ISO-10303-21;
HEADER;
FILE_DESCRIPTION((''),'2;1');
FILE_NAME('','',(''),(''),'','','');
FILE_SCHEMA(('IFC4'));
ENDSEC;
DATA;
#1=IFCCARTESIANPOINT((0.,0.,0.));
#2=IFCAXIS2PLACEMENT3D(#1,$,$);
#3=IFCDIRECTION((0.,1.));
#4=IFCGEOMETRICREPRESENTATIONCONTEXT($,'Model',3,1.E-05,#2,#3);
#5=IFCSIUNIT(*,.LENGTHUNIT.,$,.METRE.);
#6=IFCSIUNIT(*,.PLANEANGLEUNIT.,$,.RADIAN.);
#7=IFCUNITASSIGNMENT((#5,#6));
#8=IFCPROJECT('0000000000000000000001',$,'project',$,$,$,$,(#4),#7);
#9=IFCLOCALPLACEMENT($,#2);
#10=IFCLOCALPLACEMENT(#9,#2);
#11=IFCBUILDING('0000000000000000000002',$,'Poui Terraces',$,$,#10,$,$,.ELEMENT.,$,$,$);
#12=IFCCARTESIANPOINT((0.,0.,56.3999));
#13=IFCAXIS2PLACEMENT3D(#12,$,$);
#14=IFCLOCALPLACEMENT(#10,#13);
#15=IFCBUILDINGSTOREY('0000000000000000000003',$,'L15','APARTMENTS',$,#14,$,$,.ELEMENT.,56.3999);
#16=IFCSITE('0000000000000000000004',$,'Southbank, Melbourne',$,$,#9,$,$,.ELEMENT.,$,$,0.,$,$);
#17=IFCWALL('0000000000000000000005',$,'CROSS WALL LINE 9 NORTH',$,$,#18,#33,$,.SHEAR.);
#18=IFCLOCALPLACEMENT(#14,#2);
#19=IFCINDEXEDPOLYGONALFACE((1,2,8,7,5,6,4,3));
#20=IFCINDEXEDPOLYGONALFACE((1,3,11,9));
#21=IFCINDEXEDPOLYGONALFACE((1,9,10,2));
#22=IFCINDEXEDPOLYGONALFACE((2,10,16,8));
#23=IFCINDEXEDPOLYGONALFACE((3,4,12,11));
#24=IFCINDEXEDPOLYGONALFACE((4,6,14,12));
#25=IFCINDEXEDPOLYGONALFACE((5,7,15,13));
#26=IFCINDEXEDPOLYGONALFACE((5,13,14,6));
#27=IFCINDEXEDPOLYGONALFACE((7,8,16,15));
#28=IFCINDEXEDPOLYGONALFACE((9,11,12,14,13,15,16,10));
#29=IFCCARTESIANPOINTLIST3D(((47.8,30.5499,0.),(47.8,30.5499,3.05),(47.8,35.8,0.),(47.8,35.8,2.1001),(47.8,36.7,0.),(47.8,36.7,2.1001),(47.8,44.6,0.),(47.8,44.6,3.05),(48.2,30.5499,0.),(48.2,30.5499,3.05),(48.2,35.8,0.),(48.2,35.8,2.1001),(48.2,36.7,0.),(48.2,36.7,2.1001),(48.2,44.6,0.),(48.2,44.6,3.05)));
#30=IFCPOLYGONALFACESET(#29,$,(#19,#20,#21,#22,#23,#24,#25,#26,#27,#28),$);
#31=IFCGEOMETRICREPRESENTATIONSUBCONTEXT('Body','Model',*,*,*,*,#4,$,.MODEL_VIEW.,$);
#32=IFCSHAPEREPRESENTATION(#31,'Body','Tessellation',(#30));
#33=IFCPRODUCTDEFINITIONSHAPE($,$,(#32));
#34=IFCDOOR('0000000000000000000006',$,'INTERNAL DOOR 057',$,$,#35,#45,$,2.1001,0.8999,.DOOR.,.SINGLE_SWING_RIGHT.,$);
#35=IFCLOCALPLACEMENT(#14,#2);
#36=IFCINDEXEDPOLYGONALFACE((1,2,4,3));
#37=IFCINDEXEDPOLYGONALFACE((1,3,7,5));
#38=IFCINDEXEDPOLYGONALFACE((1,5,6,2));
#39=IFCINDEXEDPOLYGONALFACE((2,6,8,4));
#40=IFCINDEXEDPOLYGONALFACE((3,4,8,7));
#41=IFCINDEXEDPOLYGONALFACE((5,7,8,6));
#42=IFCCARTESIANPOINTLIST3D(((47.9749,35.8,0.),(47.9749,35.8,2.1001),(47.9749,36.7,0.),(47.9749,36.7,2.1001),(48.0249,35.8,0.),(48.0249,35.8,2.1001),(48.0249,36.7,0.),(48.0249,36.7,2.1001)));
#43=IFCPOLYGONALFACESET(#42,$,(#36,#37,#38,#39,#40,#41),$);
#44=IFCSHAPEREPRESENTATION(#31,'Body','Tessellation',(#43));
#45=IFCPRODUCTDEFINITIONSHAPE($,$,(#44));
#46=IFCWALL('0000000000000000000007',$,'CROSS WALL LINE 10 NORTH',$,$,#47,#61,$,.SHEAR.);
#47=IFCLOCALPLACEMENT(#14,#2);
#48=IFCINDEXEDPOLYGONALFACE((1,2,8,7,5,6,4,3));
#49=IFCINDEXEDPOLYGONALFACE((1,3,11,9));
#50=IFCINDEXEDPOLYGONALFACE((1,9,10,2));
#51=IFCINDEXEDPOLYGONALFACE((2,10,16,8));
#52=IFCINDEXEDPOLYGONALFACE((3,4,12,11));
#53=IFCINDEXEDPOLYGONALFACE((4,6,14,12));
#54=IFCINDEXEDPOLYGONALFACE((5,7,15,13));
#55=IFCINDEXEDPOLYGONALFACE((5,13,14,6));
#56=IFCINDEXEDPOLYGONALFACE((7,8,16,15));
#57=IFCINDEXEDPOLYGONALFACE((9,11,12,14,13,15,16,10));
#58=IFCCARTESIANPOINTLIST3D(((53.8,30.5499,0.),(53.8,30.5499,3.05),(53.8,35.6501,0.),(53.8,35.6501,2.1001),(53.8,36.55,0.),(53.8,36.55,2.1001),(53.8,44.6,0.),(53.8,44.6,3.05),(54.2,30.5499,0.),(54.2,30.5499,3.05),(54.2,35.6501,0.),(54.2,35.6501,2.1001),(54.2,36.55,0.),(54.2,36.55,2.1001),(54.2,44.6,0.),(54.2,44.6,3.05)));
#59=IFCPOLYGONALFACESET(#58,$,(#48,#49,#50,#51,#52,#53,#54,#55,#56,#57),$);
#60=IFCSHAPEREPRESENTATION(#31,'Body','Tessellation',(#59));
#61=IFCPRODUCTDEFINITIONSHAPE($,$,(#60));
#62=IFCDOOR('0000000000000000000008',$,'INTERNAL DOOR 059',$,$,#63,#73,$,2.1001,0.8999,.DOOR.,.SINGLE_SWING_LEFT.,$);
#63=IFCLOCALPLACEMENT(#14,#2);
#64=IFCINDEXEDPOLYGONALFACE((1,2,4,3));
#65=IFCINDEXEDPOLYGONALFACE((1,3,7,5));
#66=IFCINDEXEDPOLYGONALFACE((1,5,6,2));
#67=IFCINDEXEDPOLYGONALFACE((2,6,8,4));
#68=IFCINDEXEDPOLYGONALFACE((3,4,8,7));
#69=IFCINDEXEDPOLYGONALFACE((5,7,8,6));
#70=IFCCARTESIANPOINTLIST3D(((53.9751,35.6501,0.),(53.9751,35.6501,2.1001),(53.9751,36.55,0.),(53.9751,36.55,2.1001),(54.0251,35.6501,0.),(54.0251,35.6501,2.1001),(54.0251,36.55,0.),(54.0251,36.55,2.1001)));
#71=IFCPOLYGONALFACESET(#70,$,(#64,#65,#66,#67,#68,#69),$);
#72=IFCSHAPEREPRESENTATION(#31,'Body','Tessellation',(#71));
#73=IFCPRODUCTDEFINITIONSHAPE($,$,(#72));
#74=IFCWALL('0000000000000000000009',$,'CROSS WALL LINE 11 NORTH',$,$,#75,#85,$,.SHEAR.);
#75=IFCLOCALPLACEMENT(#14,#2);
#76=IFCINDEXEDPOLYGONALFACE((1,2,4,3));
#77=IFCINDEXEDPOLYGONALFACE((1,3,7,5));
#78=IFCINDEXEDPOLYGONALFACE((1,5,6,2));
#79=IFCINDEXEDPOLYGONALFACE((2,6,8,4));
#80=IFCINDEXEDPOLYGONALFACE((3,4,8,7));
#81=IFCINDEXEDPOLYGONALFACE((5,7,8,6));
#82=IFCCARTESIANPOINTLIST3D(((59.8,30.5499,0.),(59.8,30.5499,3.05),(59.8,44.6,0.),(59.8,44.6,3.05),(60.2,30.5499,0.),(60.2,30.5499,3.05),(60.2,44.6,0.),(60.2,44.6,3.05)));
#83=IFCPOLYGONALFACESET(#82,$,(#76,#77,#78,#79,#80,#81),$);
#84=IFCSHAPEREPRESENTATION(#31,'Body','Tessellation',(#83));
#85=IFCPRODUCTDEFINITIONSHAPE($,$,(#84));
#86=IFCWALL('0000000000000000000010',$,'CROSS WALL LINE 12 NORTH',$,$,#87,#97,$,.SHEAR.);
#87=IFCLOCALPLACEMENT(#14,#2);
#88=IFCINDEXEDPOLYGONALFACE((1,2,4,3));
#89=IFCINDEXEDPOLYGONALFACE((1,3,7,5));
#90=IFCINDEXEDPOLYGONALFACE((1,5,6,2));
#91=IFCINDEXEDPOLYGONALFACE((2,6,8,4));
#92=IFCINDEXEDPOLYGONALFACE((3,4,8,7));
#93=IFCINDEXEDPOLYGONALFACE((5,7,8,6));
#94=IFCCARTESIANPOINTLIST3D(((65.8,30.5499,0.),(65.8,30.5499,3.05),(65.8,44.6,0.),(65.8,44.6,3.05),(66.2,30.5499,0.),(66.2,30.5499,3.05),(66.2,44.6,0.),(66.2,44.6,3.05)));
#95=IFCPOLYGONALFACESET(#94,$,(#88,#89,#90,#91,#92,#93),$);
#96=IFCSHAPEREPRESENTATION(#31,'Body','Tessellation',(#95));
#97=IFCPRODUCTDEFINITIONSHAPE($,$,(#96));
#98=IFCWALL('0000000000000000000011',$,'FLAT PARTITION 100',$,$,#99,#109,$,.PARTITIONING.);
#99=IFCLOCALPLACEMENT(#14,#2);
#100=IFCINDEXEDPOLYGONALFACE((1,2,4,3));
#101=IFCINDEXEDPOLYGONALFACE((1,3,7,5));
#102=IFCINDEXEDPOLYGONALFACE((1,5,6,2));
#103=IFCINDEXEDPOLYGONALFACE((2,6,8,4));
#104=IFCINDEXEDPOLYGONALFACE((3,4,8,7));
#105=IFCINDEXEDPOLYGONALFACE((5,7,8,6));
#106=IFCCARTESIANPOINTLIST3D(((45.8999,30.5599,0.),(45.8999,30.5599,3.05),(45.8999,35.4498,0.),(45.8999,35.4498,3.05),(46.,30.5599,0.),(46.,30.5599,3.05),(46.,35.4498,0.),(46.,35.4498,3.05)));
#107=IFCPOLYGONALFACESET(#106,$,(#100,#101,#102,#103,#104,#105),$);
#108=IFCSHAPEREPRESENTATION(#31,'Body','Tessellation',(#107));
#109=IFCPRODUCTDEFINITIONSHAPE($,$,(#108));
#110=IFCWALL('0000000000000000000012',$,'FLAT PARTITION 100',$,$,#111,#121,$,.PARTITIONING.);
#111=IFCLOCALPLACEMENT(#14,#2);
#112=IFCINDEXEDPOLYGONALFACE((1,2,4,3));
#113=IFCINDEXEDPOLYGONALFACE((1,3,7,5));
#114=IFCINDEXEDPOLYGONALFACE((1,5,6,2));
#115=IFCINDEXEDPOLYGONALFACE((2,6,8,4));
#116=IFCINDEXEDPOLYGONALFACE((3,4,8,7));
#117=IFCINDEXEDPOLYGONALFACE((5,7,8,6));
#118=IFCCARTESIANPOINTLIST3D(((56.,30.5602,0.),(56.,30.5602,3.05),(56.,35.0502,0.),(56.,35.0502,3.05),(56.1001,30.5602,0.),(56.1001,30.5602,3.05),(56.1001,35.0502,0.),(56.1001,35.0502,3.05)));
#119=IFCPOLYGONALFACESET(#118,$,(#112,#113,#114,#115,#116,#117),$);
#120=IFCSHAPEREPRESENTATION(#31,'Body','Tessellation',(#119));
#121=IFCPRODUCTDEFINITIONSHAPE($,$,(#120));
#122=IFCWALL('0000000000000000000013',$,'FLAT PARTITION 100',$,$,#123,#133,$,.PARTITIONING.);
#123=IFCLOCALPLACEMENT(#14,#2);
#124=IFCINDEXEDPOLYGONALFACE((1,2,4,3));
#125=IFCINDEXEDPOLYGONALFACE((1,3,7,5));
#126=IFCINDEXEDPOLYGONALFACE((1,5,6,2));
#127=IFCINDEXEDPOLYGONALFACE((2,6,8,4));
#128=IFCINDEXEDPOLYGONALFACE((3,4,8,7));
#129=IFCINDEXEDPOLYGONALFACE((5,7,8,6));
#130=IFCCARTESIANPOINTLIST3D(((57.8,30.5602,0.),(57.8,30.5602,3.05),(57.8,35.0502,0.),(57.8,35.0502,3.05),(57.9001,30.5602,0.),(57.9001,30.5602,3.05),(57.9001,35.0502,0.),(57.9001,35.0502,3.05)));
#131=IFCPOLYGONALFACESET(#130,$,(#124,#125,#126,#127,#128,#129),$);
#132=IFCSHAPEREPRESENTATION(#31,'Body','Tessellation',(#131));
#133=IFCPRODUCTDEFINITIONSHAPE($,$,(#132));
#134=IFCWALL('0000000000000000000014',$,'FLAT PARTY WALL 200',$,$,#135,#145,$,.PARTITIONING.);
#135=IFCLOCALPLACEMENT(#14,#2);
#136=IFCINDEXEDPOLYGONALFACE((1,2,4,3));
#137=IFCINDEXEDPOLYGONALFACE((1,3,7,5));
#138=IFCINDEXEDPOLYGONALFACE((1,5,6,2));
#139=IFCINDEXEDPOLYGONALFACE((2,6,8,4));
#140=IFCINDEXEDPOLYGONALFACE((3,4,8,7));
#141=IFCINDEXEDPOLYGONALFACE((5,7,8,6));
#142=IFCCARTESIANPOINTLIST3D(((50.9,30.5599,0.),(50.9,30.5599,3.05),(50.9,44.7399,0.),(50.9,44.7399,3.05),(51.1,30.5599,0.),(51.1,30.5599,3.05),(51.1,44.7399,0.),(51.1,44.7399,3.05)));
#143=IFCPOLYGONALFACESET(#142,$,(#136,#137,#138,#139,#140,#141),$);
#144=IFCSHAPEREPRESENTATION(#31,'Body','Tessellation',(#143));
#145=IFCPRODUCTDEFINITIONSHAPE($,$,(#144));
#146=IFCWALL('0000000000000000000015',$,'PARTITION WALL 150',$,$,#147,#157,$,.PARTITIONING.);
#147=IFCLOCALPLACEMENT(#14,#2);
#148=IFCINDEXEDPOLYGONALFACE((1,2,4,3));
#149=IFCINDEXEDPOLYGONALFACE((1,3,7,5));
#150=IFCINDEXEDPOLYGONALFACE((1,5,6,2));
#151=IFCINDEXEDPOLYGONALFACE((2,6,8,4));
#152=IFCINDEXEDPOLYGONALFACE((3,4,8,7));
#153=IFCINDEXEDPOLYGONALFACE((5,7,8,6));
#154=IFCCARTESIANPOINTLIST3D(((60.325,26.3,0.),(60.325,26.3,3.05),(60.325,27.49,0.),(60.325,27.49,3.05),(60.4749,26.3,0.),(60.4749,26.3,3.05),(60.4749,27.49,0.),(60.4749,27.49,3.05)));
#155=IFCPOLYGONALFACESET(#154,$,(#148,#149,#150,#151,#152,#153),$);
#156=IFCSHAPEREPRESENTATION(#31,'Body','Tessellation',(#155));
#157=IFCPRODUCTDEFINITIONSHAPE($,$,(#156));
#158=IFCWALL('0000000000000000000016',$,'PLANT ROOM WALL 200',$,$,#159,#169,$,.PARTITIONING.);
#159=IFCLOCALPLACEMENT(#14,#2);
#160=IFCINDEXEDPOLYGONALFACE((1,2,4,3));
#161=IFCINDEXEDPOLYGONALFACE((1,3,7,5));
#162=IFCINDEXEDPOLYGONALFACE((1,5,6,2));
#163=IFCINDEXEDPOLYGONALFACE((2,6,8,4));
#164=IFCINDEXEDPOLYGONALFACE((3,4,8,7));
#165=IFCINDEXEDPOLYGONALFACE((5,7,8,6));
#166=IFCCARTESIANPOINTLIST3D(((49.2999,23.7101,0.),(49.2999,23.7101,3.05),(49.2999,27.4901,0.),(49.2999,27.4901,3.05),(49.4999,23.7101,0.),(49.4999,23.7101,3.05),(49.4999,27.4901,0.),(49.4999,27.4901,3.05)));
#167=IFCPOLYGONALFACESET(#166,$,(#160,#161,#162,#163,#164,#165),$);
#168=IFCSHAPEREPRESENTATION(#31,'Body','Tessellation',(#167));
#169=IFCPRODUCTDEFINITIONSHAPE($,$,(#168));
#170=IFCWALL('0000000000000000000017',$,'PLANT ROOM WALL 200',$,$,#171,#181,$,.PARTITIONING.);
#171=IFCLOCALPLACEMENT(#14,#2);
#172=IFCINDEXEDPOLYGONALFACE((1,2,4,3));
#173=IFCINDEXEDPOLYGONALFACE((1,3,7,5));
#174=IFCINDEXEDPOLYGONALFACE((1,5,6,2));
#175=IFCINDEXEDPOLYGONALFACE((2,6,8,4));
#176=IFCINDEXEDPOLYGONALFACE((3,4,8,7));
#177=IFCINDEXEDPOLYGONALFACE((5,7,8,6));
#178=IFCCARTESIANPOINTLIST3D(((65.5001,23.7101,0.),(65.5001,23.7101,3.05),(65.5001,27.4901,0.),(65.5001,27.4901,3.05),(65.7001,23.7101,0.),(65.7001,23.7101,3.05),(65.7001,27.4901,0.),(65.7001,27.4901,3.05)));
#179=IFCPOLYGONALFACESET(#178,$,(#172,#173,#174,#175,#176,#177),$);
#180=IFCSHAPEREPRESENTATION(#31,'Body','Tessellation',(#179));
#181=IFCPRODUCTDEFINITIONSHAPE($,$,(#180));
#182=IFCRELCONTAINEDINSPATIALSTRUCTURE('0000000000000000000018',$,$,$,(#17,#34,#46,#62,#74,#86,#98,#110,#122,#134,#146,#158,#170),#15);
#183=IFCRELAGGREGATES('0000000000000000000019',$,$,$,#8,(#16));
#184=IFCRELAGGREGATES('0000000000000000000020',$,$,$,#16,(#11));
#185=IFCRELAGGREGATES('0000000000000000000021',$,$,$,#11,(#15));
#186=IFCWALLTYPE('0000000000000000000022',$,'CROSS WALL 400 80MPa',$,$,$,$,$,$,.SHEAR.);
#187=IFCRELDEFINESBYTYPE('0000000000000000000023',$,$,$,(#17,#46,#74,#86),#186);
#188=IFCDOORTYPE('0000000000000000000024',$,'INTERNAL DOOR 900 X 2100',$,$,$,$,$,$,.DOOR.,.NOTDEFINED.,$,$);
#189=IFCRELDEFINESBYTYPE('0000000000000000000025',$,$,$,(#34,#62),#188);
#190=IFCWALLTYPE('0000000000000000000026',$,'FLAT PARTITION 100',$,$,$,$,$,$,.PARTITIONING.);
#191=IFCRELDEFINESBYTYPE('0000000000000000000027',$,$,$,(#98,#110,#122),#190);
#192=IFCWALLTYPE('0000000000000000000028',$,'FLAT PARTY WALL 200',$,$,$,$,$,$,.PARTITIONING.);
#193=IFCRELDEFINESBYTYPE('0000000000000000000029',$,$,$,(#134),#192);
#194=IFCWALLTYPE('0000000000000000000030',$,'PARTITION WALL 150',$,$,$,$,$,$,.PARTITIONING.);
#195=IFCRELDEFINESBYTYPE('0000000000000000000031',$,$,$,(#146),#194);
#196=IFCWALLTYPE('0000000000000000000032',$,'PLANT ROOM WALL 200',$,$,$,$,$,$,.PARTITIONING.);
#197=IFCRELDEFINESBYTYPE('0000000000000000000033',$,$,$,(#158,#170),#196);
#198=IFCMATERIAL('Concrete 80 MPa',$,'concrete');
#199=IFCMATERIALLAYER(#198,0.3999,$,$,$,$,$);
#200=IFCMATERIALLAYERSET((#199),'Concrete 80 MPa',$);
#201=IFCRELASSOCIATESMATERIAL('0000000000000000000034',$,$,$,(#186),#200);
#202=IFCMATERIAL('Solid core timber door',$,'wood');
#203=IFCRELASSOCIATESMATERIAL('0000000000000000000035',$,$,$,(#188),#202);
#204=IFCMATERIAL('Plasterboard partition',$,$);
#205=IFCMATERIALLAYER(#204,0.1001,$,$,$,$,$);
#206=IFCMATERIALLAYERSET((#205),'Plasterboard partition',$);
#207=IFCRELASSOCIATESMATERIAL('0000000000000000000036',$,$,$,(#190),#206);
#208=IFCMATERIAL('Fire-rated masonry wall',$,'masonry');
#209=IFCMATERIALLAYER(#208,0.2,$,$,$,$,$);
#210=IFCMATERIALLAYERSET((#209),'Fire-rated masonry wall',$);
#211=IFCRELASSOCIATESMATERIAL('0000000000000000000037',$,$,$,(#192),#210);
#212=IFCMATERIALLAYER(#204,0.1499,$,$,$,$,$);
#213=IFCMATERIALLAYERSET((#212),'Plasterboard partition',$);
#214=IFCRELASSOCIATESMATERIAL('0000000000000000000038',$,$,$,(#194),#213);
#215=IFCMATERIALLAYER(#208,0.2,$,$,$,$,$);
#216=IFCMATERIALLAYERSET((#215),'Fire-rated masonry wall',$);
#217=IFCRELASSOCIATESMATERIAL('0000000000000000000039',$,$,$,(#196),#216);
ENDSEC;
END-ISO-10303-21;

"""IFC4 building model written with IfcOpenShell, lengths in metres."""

from ifc_helpers import new_model, si_unit, direction, frame, frame_2d, origin, place, context, subcontext, project, spatial, rectangle, extrude, material, layer, layer_set, type_object, element, fill, save


model = new_model("IFC4")

# Units and contexts
model_context = context("Model", 3, precision=1e-05, world=origin(), true_north=direction((0.0, 1.0)))
body_context = subcontext(model_context, "Body", "Model", "MODEL_VIEW")
ifc_project = project(units=[si_unit("LENGTHUNIT", "METRE"), si_unit("PLANEANGLEUNIT", "RADIAN")], contexts=[model_context])

# Site, building, storey
site_placement = place(None, origin())
site = spatial("IfcSite", under=ifc_project, at=site_placement, Name="Southbank, Melbourne", CompositionType="ELEMENT", RefElevation=0.0)
building_placement = place(site_placement, origin())
building = spatial("IfcBuilding", under=site, at=building_placement, Name="Poui Terraces", CompositionType="ELEMENT")
storey_placement = place(building_placement, frame((0.0, 0.0, 56.3999)))
storey = spatial("IfcBuildingStorey", under=building, at=storey_placement, Name="L15", Description="APARTMENTS", CompositionType="ELEMENT", Elevation=56.3999)

# Shared definitions
ifc_material_1 = material(Name="Concrete 80 MPa", Category="concrete")

# Walls, openings, doors
ifc_layer_1 = layer(ifc_material_1, 0.3999)
ifc_layer_set_1 = layer_set([ifc_layer_1], Name="Concrete 80 MPa")
wall_type_1 = type_object("IfcWallType", Name="CROSS WALL 400 80MPa", PredefinedType="SHEAR", material=ifc_layer_set_1)
wall_1_placement = place(storey_placement, frame((48.0, 30.55, 0.0), z_axis=(0.0, 0.0, 1.0), x_axis=(0.0, 1.0, 0.0)))
wall_1 = element("IfcWall", 1, at=wall_1_placement, inside=storey, type_object=wall_type_1, Name="CROSS WALL LINE 9 NORTH", PredefinedType="SHEAR", context=body_context, shape_type="SweptSolid", body=[
    extrude(rectangle(XDim=14.05, YDim=0.3999, at=frame_2d((7.0249, 0.0))), origin(), (0.0, 0.0, 1.0), 3.05),
])
opening_1_placement = place(wall_1_placement, frame((5.25, 0.0, 0.0)))
opening_1 = element("IfcOpeningElement", 2, at=opening_1_placement, cuts=wall_1, PredefinedType="OPENING", context=body_context, shape_type="SweptSolid", body=[
    extrude(rectangle(XDim=0.8999, YDim=2.1001, at=frame_2d((0.45, 1.05))), frame((0.0, 0.21, 0.0), z_axis=(0.0, -1.0, 0.0), x_axis=(1.0, 0.0, 0.0)), (0.0, 0.0, 1.0), 0.4199),
])
ifc_material_2 = material(Name="Solid core timber door", Category="wood")
door_type_1 = type_object("IfcDoorType", Name="INTERNAL DOOR 900 X 2100", OperationType="NOTDEFINED", PredefinedType="DOOR", material=ifc_material_2)
door_1_placement = place(opening_1_placement, frame((0.8999, 0.0, 0.0), z_axis=(0.0, 0.0, 1.0), x_axis=(-1.0, 0.0, 0.0)))
door_1 = element("IfcDoor", 3, at=door_1_placement, inside=storey, type_object=door_type_1, Name="INTERNAL DOOR 057", OperationType="SINGLE_SWING_RIGHT", OverallHeight=2.1001, OverallWidth=0.8999, PredefinedType="DOOR", context=body_context, shape_type="SweptSolid", body=[
    extrude(rectangle(XDim=0.8999, YDim=2.1001, at=frame_2d((0.45, 1.05))), frame((0.0, 0.0249, 0.0), z_axis=(0.0, -1.0, 0.0), x_axis=(1.0, 0.0, 0.0)), (0.0, 0.0, 1.0), 0.05),
])
fill(opening_1, door_1)
wall_2_placement = place(storey_placement, frame((54.0, 30.55, 0.0), z_axis=(0.0, 0.0, 1.0), x_axis=(0.0, 1.0, 0.0)))
wall_2 = element("IfcWall", 4, at=wall_2_placement, inside=storey, type_object=wall_type_1, Name="CROSS WALL LINE 10 NORTH", PredefinedType="SHEAR", context=body_context, shape_type="SweptSolid", body=[
    extrude(rectangle(XDim=14.05, YDim=0.3999, at=frame_2d((7.0249, 0.0))), origin(), (0.0, 0.0, 1.0), 3.05),
])
opening_2_placement = place(wall_2_placement, frame((5.1001, 0.0, 0.0)))
opening_2 = element("IfcOpeningElement", 5, at=opening_2_placement, cuts=wall_2, PredefinedType="OPENING", context=body_context, shape_type="SweptSolid", body=[
    extrude(rectangle(XDim=0.8999, YDim=2.1001, at=frame_2d((0.45, 1.05))), frame((0.0, 0.21, 0.0), z_axis=(0.0, -1.0, 0.0), x_axis=(1.0, 0.0, 0.0)), (0.0, 0.0, 1.0), 0.4199),
])
door_2_placement = place(opening_2_placement, origin())
door_2 = element("IfcDoor", 6, at=door_2_placement, inside=storey, type_object=door_type_1, Name="INTERNAL DOOR 059", OperationType="SINGLE_SWING_LEFT", OverallHeight=2.1001, OverallWidth=0.8999, PredefinedType="DOOR", context=body_context, shape_type="SweptSolid", body=[
    extrude(rectangle(XDim=0.8999, YDim=2.1001, at=frame_2d((0.45, 1.05))), frame((0.0, 0.0249, 0.0), z_axis=(0.0, -1.0, 0.0), x_axis=(1.0, 0.0, 0.0)), (0.0, 0.0, 1.0), 0.05),
])
fill(opening_2, door_2)

# Walls
for number, where, z_axis, x_axis, name in (
    (7, (60.0, 30.55, 0.0), (0.0, 0.0, 1.0), (0.0, 1.0, 0.0), "CROSS WALL LINE 11 NORTH"),
    (8, (66.0, 30.55, 0.0), (0.0, 0.0, 1.0), (0.0, 1.0, 0.0), "CROSS WALL LINE 12 NORTH"),
):
    element("IfcWall", number, at=place(storey_placement, frame(where, z_axis=z_axis, x_axis=x_axis)), inside=storey, type_object=wall_type_1, Name=name, PredefinedType="SHEAR", context=body_context, shape_type="SweptSolid", body=[
        extrude(rectangle(XDim=14.05, YDim=0.3999, at=frame_2d((7.0249, 0.0))), origin(), (0.0, 0.0, 1.0), 3.05),
    ])
ifc_material_3 = material(Name="Plasterboard partition")
ifc_layer_2 = layer(ifc_material_3, 0.1001)
ifc_layer_set_2 = layer_set([ifc_layer_2], Name="Plasterboard partition")
wall_type_2 = type_object("IfcWallType", Name="FLAT PARTITION 100", PredefinedType="PARTITIONING", material=ifc_layer_set_2)
wall_3_placement = place(storey_placement, frame((45.95, 30.5601, 0.0), z_axis=(0.0, 0.0, 1.0), x_axis=(0.0, 1.0, 0.0)))
element("IfcWall", 9, at=wall_3_placement, inside=storey, type_object=wall_type_2, Name="FLAT PARTITION 100", PredefinedType="PARTITIONING", context=body_context, shape_type="SweptSolid", body=[
    extrude(rectangle(XDim=4.8899, YDim=0.1001, at=frame_2d((2.4448, 0.0))), origin(), (0.0, 0.0, 1.0), 3.05),
])
for number, where, z_axis, x_axis, name in (
    (10, (56.05, 30.5601, 0.0), (0.0, 0.0, 1.0), (0.0, 1.0, 0.0), "FLAT PARTITION 100"),
    (11, (57.8501, 30.5601, 0.0), (0.0, 0.0, 1.0), (0.0, 1.0, 0.0), "FLAT PARTITION 100"),
):
    element("IfcWall", number, at=place(storey_placement, frame(where, z_axis=z_axis, x_axis=x_axis)), inside=storey, type_object=wall_type_2, Name=name, PredefinedType="PARTITIONING", context=body_context, shape_type="SweptSolid", body=[
        extrude(rectangle(XDim=4.49, YDim=0.1001, at=frame_2d((2.2451, 0.0))), origin(), (0.0, 0.0, 1.0), 3.05),
    ])
ifc_material_4 = material(Name="Fire-rated masonry wall", Category="masonry")
ifc_layer_3 = layer(ifc_material_4, 0.2)
ifc_layer_set_3 = layer_set([ifc_layer_3], Name="Fire-rated masonry wall")
wall_type_3 = type_object("IfcWallType", Name="FLAT PARTY WALL 200", PredefinedType="PARTITIONING", material=ifc_layer_set_3)
wall_4_placement = place(storey_placement, frame((51.0, 30.5601, 0.0), z_axis=(0.0, 0.0, 1.0), x_axis=(0.0, 1.0, 0.0)))
element("IfcWall", 12, at=wall_4_placement, inside=storey, type_object=wall_type_3, Name="FLAT PARTY WALL 200", PredefinedType="PARTITIONING", context=body_context, shape_type="SweptSolid", body=[
    extrude(rectangle(XDim=14.1799, YDim=0.2, at=frame_2d((7.0898, 0.0))), origin(), (0.0, 0.0, 1.0), 3.05),
])
ifc_layer_4 = layer(ifc_material_3, 0.1499)
ifc_layer_set_4 = layer_set([ifc_layer_4], Name="Plasterboard partition")
wall_type_4 = type_object("IfcWallType", Name="PARTITION WALL 150", PredefinedType="PARTITIONING", material=ifc_layer_set_4)
wall_5_placement = place(storey_placement, frame((60.3999, 26.3, 0.0), z_axis=(0.0, 0.0, 1.0), x_axis=(0.0, 1.0, 0.0)))
element("IfcWall", 13, at=wall_5_placement, inside=storey, type_object=wall_type_4, Name="PARTITION WALL 150", PredefinedType="PARTITIONING", context=body_context, shape_type="SweptSolid", body=[
    extrude(rectangle(XDim=1.1899, YDim=0.1499, at=frame_2d((0.595, 0.0))), origin(), (0.0, 0.0, 1.0), 3.05),
])
ifc_layer_5 = layer(ifc_material_4, 0.2)
ifc_layer_set_5 = layer_set([ifc_layer_5], Name="Fire-rated masonry wall")
wall_type_5 = type_object("IfcWallType", Name="PLANT ROOM WALL 200", PredefinedType="PARTITIONING", material=ifc_layer_set_5)
for number, where, z_axis, x_axis, name in (
    (14, (49.3999, 23.71, 0.0), (0.0, 0.0, 1.0), (0.0, 1.0, 0.0), "PLANT ROOM WALL 200"),
    (15, (65.6001, 23.71, 0.0), (0.0, 0.0, 1.0), (0.0, 1.0, 0.0), "PLANT ROOM WALL 200"),
):
    element("IfcWall", number, at=place(storey_placement, frame(where, z_axis=z_axis, x_axis=x_axis)), inside=storey, type_object=wall_type_5, Name=name, PredefinedType="PARTITIONING", context=body_context, shape_type="SweptSolid", body=[
        extrude(rectangle(XDim=3.78, YDim=0.2, at=frame_2d((1.8901, 0.0))), origin(), (0.0, 0.0, 1.0), 3.05),
    ])

save(model, "model.ifc")
